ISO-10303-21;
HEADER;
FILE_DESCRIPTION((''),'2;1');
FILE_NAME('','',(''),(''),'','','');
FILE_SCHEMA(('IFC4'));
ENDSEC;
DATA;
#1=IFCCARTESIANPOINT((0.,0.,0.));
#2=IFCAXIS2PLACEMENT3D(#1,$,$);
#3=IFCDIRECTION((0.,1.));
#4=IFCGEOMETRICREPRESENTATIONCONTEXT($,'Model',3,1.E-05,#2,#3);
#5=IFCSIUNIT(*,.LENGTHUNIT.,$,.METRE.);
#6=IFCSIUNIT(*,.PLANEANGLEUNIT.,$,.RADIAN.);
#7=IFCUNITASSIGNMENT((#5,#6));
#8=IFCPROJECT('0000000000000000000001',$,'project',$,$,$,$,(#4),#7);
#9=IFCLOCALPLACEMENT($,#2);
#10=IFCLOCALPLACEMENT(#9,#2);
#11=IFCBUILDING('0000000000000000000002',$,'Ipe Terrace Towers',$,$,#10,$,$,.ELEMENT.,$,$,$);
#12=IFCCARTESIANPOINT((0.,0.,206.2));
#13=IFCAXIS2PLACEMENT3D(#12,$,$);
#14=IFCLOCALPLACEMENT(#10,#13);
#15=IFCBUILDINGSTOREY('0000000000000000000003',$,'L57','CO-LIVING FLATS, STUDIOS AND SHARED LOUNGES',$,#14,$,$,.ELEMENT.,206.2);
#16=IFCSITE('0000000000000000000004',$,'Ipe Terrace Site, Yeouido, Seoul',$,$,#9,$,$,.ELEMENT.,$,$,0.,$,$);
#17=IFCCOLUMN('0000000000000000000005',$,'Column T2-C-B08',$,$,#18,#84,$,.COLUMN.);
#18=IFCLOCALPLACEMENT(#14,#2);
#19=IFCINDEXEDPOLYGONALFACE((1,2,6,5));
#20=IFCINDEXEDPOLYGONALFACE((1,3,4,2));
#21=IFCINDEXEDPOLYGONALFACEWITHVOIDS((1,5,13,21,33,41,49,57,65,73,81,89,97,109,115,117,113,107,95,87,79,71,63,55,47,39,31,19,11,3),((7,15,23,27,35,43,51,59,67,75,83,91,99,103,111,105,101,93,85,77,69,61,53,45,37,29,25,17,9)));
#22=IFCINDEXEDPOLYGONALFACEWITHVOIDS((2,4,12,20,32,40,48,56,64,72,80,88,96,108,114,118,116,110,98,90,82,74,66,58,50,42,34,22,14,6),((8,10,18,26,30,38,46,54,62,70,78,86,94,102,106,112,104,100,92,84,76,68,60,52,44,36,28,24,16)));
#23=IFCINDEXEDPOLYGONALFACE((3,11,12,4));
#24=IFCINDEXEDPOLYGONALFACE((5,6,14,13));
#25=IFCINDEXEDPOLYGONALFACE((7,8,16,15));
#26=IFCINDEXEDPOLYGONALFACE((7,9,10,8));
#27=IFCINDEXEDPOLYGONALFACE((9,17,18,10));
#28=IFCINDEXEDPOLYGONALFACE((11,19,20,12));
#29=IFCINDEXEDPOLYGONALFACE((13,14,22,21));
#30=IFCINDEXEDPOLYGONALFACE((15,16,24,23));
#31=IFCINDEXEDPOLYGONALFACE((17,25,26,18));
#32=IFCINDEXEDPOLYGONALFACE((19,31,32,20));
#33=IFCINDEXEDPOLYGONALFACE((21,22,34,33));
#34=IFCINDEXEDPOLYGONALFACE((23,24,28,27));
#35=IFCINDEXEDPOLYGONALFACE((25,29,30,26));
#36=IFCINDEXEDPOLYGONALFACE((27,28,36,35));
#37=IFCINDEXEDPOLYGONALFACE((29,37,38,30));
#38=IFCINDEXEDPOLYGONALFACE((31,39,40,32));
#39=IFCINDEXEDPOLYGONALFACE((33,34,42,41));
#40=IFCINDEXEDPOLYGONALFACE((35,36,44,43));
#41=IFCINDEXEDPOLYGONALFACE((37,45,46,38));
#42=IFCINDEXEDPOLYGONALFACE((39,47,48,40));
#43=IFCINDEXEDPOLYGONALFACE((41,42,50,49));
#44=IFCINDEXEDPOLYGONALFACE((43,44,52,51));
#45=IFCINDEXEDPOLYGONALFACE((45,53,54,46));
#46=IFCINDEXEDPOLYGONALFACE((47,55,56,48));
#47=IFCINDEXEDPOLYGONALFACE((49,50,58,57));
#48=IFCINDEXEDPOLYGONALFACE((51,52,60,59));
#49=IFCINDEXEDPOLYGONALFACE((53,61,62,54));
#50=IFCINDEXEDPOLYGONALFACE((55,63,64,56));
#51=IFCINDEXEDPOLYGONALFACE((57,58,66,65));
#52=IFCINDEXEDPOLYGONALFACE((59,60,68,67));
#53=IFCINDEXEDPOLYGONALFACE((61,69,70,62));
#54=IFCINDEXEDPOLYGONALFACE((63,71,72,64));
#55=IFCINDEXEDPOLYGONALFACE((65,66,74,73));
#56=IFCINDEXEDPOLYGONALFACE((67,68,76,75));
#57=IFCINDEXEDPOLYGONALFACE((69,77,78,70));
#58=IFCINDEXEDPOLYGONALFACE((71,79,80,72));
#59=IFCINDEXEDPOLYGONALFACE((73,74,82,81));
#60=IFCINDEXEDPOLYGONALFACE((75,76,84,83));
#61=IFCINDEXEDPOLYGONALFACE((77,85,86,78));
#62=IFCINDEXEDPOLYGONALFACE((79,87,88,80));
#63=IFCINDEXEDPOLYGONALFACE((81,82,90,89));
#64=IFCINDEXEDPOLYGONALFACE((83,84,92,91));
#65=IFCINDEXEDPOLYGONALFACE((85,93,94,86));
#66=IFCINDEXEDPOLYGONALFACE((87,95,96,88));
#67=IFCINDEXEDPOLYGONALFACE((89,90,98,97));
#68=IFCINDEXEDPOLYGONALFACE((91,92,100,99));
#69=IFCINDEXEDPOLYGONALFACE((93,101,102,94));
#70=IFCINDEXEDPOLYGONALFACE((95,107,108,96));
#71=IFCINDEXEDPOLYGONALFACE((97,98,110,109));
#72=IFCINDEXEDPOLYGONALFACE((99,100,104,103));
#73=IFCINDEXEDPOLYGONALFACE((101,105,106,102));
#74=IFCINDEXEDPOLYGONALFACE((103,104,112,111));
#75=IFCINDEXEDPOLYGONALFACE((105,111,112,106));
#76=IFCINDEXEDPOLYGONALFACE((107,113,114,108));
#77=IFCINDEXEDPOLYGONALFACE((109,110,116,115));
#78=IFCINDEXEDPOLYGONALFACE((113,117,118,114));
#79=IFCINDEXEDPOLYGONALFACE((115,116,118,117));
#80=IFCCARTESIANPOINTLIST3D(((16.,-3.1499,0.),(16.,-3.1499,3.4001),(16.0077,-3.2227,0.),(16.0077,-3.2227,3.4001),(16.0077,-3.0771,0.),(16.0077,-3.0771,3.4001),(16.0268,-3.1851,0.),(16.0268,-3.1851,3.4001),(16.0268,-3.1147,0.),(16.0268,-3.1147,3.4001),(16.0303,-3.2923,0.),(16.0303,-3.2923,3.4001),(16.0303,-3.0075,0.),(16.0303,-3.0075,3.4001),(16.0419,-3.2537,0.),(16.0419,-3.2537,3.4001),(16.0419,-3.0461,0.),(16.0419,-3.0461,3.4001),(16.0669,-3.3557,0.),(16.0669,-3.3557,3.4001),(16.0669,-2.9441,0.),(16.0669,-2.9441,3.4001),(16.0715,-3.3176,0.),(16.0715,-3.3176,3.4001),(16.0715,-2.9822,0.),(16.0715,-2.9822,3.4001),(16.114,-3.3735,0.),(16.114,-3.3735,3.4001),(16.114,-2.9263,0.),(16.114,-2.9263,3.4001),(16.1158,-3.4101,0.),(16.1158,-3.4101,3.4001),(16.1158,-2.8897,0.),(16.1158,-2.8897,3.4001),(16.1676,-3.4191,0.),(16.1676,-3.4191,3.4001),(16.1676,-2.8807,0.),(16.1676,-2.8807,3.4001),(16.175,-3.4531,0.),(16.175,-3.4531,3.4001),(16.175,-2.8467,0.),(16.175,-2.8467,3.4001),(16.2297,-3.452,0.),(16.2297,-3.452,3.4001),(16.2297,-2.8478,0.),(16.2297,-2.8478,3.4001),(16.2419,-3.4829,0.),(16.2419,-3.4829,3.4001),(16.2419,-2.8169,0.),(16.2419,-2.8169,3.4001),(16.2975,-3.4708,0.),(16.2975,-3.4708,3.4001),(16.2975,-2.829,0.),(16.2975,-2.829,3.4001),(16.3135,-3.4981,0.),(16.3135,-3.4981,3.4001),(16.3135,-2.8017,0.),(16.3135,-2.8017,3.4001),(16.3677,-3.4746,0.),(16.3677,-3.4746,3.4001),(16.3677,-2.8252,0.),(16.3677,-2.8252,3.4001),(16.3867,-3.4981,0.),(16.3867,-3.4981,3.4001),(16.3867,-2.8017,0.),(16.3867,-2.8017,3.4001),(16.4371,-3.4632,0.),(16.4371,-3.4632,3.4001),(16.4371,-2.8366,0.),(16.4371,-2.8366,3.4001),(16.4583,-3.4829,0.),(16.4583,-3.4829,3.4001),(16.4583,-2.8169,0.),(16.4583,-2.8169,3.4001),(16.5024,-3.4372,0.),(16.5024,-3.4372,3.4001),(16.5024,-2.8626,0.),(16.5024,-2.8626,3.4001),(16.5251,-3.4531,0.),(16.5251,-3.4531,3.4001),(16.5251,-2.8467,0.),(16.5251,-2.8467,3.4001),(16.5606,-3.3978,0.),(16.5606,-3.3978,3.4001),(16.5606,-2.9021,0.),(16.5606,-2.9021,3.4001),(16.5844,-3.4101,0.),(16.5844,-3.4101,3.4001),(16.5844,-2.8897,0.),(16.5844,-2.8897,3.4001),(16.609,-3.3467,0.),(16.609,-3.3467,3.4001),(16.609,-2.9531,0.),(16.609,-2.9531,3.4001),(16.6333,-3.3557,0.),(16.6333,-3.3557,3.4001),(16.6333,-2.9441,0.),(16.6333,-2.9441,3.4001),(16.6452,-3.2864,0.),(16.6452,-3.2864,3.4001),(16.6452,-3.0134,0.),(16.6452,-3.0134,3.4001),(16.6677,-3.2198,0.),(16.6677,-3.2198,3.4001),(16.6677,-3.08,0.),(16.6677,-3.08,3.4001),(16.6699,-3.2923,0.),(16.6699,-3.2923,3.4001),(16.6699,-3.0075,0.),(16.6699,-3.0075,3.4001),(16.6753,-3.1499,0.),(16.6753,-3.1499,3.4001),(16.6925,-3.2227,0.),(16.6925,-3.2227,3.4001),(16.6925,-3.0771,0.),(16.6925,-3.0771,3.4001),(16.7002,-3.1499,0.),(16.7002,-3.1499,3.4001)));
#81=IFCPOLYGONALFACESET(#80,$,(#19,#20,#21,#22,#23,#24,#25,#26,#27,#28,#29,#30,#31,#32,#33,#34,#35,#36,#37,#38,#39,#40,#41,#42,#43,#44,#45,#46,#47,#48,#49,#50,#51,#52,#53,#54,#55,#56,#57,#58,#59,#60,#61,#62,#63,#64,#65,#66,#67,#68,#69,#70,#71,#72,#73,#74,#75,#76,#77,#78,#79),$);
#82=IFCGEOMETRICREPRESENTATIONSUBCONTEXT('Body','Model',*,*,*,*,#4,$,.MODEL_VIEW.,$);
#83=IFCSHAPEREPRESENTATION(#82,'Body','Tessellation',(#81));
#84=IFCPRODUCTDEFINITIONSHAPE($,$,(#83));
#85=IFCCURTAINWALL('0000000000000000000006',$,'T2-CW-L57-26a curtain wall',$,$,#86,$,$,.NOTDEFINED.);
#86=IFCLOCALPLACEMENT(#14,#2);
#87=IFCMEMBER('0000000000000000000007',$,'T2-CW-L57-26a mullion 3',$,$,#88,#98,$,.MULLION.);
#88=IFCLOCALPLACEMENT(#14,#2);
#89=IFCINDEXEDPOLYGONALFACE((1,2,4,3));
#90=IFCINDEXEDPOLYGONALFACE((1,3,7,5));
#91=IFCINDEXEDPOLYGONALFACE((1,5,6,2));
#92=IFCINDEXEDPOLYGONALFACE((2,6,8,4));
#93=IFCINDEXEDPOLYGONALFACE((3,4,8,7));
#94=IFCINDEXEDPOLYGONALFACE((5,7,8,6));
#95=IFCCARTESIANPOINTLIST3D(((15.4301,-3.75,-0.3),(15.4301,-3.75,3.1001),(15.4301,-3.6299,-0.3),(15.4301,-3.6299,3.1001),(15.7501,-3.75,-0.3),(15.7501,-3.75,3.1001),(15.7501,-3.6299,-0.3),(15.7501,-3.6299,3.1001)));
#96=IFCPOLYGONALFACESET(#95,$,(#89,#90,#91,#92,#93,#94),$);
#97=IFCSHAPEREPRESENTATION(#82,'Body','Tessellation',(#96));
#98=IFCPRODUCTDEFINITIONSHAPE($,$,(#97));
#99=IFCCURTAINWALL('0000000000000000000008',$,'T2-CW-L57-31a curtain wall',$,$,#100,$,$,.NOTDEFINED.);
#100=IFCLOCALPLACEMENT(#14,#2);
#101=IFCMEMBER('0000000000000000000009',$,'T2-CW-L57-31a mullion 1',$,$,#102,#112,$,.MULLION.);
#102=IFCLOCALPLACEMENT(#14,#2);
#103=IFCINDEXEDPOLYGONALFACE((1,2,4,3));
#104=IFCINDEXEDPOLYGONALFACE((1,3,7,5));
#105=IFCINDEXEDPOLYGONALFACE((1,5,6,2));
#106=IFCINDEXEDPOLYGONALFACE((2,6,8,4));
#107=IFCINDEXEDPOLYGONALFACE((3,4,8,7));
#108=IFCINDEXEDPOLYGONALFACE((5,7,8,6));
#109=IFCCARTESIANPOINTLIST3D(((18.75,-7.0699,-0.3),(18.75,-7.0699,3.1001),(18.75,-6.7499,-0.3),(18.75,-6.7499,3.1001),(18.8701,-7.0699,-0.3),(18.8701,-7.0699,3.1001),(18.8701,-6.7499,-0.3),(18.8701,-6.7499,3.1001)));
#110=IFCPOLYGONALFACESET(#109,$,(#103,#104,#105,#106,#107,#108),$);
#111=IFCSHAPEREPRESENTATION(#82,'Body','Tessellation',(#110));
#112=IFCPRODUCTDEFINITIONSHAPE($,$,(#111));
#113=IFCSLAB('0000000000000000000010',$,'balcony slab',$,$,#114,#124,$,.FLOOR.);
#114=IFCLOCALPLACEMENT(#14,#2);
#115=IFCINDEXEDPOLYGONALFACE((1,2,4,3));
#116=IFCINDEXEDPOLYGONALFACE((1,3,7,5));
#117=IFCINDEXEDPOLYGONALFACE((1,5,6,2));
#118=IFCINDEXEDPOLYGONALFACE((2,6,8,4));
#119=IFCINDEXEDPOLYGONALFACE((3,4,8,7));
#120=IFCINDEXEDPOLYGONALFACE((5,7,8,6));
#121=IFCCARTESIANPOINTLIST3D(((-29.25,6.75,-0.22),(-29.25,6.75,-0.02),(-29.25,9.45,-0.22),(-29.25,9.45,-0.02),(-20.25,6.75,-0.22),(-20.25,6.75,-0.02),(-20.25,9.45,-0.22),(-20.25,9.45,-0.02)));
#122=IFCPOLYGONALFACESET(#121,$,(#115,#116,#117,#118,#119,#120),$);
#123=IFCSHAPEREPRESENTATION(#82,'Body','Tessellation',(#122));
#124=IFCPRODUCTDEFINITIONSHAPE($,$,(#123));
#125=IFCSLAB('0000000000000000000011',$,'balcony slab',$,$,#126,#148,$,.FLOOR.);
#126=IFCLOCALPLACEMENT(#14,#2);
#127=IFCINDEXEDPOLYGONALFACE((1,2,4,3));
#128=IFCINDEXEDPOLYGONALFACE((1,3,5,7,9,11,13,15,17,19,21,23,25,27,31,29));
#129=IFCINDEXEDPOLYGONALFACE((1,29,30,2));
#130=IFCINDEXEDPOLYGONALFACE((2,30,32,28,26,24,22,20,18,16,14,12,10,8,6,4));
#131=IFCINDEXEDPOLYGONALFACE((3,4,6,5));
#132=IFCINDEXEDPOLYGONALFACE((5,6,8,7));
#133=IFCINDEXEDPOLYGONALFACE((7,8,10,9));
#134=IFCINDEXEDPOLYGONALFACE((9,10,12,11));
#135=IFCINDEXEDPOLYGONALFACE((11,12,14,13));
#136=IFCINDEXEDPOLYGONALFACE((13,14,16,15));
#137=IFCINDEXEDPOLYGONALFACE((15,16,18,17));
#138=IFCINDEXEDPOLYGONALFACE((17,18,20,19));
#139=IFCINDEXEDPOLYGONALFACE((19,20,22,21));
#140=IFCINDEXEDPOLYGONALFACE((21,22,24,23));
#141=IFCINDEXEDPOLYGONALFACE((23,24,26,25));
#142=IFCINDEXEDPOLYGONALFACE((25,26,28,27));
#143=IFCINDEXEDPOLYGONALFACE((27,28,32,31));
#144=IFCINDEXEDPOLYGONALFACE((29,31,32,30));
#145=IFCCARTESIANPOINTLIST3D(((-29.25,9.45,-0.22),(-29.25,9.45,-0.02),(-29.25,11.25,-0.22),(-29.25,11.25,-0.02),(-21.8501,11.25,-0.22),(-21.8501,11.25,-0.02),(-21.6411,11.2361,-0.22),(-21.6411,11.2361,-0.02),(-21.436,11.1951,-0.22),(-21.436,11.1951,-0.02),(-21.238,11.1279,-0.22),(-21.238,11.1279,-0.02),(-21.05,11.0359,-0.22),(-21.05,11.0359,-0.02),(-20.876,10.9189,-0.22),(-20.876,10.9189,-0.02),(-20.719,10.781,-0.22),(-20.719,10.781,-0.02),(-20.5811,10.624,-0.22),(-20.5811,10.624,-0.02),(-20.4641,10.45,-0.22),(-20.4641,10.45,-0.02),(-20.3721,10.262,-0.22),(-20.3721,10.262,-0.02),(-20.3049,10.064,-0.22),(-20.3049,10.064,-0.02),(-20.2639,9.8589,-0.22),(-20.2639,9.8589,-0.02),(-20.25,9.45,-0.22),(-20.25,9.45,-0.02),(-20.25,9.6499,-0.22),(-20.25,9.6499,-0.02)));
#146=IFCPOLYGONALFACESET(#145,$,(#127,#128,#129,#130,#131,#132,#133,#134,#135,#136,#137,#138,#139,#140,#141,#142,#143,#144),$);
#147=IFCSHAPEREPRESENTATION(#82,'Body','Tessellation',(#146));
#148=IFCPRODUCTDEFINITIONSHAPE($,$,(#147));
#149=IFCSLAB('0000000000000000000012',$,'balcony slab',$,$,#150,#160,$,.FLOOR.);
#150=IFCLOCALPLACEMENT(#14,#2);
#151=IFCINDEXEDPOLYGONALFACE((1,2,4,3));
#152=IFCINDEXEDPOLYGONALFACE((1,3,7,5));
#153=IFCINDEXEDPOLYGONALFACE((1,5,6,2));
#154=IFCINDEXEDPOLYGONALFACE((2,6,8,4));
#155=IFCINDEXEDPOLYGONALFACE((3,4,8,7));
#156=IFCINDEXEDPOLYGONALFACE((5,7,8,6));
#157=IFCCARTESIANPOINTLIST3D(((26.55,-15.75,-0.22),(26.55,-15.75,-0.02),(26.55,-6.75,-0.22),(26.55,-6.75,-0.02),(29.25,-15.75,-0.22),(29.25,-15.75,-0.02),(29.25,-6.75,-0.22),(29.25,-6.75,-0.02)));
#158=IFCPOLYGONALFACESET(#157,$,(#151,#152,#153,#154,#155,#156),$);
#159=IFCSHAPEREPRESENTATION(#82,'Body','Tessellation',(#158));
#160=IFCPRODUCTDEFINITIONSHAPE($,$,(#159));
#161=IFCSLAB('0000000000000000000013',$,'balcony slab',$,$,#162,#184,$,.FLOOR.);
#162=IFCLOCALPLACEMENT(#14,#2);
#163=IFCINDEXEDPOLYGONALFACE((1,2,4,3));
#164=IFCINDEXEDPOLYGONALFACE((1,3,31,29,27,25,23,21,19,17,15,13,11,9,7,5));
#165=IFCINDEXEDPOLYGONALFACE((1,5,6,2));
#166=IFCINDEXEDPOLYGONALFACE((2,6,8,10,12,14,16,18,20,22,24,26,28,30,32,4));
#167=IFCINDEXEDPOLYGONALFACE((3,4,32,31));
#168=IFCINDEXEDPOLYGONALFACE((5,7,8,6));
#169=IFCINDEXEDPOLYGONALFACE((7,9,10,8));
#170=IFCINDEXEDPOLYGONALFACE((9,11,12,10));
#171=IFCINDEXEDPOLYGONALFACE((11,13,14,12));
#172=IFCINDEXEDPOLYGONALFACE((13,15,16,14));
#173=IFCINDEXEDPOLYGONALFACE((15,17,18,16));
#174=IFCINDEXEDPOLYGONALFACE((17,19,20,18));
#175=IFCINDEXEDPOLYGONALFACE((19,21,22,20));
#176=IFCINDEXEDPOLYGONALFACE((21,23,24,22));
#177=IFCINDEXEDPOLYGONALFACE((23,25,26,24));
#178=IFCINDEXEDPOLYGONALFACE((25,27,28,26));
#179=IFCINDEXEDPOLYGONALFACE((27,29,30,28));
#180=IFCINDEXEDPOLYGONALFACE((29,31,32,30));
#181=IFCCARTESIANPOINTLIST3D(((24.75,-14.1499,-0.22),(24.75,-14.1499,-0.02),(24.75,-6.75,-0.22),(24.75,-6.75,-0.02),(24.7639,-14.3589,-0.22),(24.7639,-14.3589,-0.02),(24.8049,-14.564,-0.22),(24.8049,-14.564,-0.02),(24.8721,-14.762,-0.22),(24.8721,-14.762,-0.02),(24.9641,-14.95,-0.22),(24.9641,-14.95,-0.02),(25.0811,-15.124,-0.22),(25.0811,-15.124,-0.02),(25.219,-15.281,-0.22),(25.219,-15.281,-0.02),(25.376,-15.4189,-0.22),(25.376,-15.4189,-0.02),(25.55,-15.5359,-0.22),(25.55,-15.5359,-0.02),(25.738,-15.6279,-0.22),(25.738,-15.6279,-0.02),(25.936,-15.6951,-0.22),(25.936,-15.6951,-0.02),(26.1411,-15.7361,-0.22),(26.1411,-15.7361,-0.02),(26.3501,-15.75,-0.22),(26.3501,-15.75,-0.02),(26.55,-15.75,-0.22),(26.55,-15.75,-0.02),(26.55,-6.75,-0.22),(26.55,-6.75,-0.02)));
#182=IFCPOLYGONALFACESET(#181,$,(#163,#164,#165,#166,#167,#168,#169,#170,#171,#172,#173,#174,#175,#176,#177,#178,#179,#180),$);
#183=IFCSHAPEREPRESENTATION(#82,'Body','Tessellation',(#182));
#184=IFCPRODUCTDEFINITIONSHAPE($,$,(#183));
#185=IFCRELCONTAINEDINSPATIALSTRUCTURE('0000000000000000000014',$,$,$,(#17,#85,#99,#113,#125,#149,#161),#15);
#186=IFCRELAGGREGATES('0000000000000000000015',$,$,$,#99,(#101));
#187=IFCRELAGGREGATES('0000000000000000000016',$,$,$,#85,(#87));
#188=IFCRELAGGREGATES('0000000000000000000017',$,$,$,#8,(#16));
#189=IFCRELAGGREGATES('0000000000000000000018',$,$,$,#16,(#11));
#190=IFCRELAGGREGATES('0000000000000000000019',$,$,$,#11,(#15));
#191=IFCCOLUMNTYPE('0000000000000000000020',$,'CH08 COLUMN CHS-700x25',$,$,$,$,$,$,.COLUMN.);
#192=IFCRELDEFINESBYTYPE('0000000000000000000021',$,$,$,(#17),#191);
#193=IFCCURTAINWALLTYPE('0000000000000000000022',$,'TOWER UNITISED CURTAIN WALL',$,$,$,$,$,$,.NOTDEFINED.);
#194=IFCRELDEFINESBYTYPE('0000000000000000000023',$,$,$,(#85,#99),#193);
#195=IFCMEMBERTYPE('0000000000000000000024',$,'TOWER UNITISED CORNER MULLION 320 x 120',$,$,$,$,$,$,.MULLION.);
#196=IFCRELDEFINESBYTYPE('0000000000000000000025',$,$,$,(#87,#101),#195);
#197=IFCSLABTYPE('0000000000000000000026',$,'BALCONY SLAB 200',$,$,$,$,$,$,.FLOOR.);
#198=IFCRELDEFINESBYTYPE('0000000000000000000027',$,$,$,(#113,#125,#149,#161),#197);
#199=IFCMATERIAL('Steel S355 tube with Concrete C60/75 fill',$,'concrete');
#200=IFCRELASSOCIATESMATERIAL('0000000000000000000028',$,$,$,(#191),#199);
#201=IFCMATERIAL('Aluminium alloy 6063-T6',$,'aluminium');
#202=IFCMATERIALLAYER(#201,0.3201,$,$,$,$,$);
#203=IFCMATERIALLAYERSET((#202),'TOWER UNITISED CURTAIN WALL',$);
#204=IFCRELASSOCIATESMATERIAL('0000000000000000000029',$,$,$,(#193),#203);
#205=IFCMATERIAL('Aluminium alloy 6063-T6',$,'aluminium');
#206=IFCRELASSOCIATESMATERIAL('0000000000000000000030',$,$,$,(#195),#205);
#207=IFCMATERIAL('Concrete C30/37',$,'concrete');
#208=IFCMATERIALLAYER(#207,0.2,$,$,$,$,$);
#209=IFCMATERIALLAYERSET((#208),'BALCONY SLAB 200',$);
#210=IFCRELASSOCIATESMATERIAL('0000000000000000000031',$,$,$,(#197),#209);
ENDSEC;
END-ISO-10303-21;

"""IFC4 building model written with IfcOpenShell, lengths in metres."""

from ifc_helpers import new_model, si_unit, direction, frame, origin, origin_2d, place, context, subcontext, project, spatial, polyline, rectangle, hollow_circle, outline, extrude, material, layer, layer_set, material_profile, profile_set, type_object, element, aggregate, save


model = new_model("IFC4")

# Units and contexts
model_context = context("Model", 3, precision=1e-05, world=origin(), true_north=direction((0.0, 1.0)))
body_context = subcontext(model_context, "Body", "Model", "MODEL_VIEW")
ifc_project = project(units=[si_unit("LENGTHUNIT", "METRE"), si_unit("PLANEANGLEUNIT", "RADIAN")], contexts=[model_context])

# Site, building, storey
site_placement = place(None, origin())
site = spatial("IfcSite", under=ifc_project, at=site_placement, Name="Ipe Terrace Site, Yeouido, Seoul", CompositionType="ELEMENT", RefElevation=0.0)
building_placement = place(site_placement, origin())
building = spatial("IfcBuilding", under=site, at=building_placement, Name="Ipe Terrace Towers", CompositionType="ELEMENT")
storey_placement = place(building_placement, frame((0.0, 0.0, 206.2)))
storey = spatial("IfcBuildingStorey", under=building, at=storey_placement, Name="L57", Description="CO-LIVING FLATS, STUDIOS AND SHARED LOUNGES", CompositionType="ELEMENT", Elevation=206.2)

# Column
ifc_material_1 = material(Name="Steel S355 tube with Concrete C60/75 fill", Category="concrete")
ifc_material_profile_1 = material_profile(ifc_material_1, hollow_circle(Radius=0.3501, WallThickness=0.0249, at=origin_2d()), Name="CHS-700x25")
ifc_profile_set_1 = profile_set([ifc_material_profile_1], Name="Steel S355 tube with Concrete C60/75 fill")
column_type = type_object("IfcColumnType", Name="CH08 COLUMN CHS-700x25", PredefinedType="COLUMN", material=ifc_profile_set_1)
for number, where, z_axis, x_axis, name in (
    (1, (16.3501, -3.1499, 0.0), (0.0, 0.0, 1.0), (1.0, 0.0, 0.0), "Column T2-C-B08"),
):
    element("IfcColumn", number, at=place(storey_placement, frame(where, z_axis=z_axis, x_axis=x_axis)), inside=storey, type_object=column_type, Name=name, PredefinedType="COLUMN", context=body_context, shape_type="SweptSolid", body=[
        extrude(hollow_circle(Radius=0.3501, WallThickness=0.0249, at=origin_2d()), origin(), (0.0, 0.0, 1.0), 3.4001),
    ])

# Curtain walls, members
ifc_material_2 = material(Name="Aluminium alloy 6063-T6", Category="aluminium")
ifc_layer_1 = layer(ifc_material_2, 0.3201)
ifc_layer_set_1 = layer_set([ifc_layer_1], Name="TOWER UNITISED CURTAIN WALL")
curtain_wall_type = type_object("IfcCurtainWallType", Name="TOWER UNITISED CURTAIN WALL", PredefinedType="NOTDEFINED", material=ifc_layer_set_1)
curtain_wall_1_placement = place(storey_placement, origin())
curtain_wall_1 = element("IfcCurtainWall", 2, at=curtain_wall_1_placement, inside=storey, type_object=curtain_wall_type, Name="T2-CW-L57-26a curtain wall", PredefinedType="NOTDEFINED")
ifc_material_3 = material(Name="Aluminium alloy 6063-T6", Category="aluminium")
ifc_material_profile_2 = material_profile(ifc_material_3, rectangle(XDim=0.3201, YDim=0.1201, at=origin_2d()), Name="TOWER UNITISED CORNER MULLION 320 x 120")
ifc_profile_set_2 = profile_set([ifc_material_profile_2], Name="Aluminium alloy 6063-T6")
member_type = type_object("IfcMemberType", Name="TOWER UNITISED CORNER MULLION 320 x 120", PredefinedType="MULLION", material=ifc_profile_set_2)
member_1_placement = place(storey_placement, frame((15.5901, -3.6899, -0.3), z_axis=(0.0, 0.0, 1.0), x_axis=(-1.0, 0.0, 0.0)))
member_1 = element("IfcMember", 3, at=member_1_placement, type_object=member_type, Name="T2-CW-L57-26a mullion 3", PredefinedType="MULLION", context=body_context, shape_type="SweptSolid", body=[
    extrude(rectangle(XDim=0.3201, YDim=0.1201, at=origin_2d()), origin(), (0.0, 0.0, 1.0), 3.4001),
])
curtain_wall_2_placement = place(storey_placement, origin())
curtain_wall_2 = element("IfcCurtainWall", 4, at=curtain_wall_2_placement, inside=storey, type_object=curtain_wall_type, Name="T2-CW-L57-31a curtain wall", PredefinedType="NOTDEFINED")
member_2_placement = place(storey_placement, frame((18.8101, -6.9099, -0.3), z_axis=(0.0, 0.0, 1.0), x_axis=(0.0, -1.0, 0.0)))
member_2 = element("IfcMember", 5, at=member_2_placement, type_object=member_type, Name="T2-CW-L57-31a mullion 1", PredefinedType="MULLION", context=body_context, shape_type="SweptSolid", body=[
    extrude(rectangle(XDim=0.3201, YDim=0.1201, at=origin_2d()), origin(), (0.0, 0.0, 1.0), 3.4001),
])
aggregate(curtain_wall_2, [member_2])

# Slabs
ifc_material_4 = material(Name="Concrete C30/37", Category="concrete")
ifc_layer_2 = layer(ifc_material_4, 0.2)
ifc_layer_set_2 = layer_set([ifc_layer_2], Name="BALCONY SLAB 200")
slab_type_1 = type_object("IfcSlabType", Name="BALCONY SLAB 200", PredefinedType="FLOOR", material=ifc_layer_set_2)
slab_1_placement = place(storey_placement, frame((0.0, 0.0, -0.22)))
element("IfcSlab", 6, at=slab_1_placement, inside=storey, type_object=slab_type_1, Name="balcony slab", PredefinedType="FLOOR", context=body_context, shape_type="SweptSolid", body=[
    extrude(outline(polyline([(-20.25, 6.75), (-20.25, 9.45), (-29.25, 9.45), (-29.25, 6.75), (-20.25, 6.75)])), origin(), (0.0, 0.0, 1.0), 0.2),
])
slab_2_placement = place(storey_placement, frame((0.0, 0.0, -0.22)))
element("IfcSlab", 7, at=slab_2_placement, inside=storey, type_object=slab_type_1, Name="balcony slab", PredefinedType="FLOOR", context=body_context, shape_type="SweptSolid", body=[
    extrude(outline(polyline([(-29.25, 11.25), (-29.25, 9.45), (-20.25, 9.45), (-20.25, 9.6499), (-20.2639, 9.8589), (-20.3049, 10.064), (-20.3721, 10.262), (-20.4641, 10.45), (-20.5811, 10.624), (-20.719, 10.781), (-20.876, 10.9189), (-21.05, 11.0359), (-21.238, 11.1279), (-21.436, 11.1951), (-21.6411, 11.2361), (-21.8501, 11.25), (-29.25, 11.25)])), origin(), (0.0, 0.0, 1.0), 0.2),
])
slab_3_placement = place(storey_placement, frame((0.0, 0.0, -0.22)))
element("IfcSlab", 8, at=slab_3_placement, inside=storey, type_object=slab_type_1, Name="balcony slab", PredefinedType="FLOOR", context=body_context, shape_type="SweptSolid", body=[
    extrude(outline(polyline([(29.25, -15.75), (29.25, -6.75), (26.55, -6.75), (26.55, -15.75), (29.25, -15.75)])), origin(), (0.0, 0.0, 1.0), 0.2),
])
slab_4_placement = place(storey_placement, frame((0.0, 0.0, -0.22)))
element("IfcSlab", 9, at=slab_4_placement, inside=storey, type_object=slab_type_1, Name="balcony slab", PredefinedType="FLOOR", context=body_context, shape_type="SweptSolid", body=[
    extrude(outline(polyline([(24.75, -6.75), (24.75, -14.1499), (24.7639, -14.3589), (24.8049, -14.564), (24.8721, -14.762), (24.9641, -14.95), (25.0811, -15.124), (25.219, -15.281), (25.376, -15.4189), (25.55, -15.5359), (25.738, -15.6279), (25.936, -15.6951), (26.1411, -15.7361), (26.3501, -15.75), (26.55, -15.75), (26.55, -6.75), (24.75, -6.75)])), origin(), (0.0, 0.0, 1.0), 0.2),
])

aggregate(curtain_wall_1, [member_1])

save(model, "model.ifc")
